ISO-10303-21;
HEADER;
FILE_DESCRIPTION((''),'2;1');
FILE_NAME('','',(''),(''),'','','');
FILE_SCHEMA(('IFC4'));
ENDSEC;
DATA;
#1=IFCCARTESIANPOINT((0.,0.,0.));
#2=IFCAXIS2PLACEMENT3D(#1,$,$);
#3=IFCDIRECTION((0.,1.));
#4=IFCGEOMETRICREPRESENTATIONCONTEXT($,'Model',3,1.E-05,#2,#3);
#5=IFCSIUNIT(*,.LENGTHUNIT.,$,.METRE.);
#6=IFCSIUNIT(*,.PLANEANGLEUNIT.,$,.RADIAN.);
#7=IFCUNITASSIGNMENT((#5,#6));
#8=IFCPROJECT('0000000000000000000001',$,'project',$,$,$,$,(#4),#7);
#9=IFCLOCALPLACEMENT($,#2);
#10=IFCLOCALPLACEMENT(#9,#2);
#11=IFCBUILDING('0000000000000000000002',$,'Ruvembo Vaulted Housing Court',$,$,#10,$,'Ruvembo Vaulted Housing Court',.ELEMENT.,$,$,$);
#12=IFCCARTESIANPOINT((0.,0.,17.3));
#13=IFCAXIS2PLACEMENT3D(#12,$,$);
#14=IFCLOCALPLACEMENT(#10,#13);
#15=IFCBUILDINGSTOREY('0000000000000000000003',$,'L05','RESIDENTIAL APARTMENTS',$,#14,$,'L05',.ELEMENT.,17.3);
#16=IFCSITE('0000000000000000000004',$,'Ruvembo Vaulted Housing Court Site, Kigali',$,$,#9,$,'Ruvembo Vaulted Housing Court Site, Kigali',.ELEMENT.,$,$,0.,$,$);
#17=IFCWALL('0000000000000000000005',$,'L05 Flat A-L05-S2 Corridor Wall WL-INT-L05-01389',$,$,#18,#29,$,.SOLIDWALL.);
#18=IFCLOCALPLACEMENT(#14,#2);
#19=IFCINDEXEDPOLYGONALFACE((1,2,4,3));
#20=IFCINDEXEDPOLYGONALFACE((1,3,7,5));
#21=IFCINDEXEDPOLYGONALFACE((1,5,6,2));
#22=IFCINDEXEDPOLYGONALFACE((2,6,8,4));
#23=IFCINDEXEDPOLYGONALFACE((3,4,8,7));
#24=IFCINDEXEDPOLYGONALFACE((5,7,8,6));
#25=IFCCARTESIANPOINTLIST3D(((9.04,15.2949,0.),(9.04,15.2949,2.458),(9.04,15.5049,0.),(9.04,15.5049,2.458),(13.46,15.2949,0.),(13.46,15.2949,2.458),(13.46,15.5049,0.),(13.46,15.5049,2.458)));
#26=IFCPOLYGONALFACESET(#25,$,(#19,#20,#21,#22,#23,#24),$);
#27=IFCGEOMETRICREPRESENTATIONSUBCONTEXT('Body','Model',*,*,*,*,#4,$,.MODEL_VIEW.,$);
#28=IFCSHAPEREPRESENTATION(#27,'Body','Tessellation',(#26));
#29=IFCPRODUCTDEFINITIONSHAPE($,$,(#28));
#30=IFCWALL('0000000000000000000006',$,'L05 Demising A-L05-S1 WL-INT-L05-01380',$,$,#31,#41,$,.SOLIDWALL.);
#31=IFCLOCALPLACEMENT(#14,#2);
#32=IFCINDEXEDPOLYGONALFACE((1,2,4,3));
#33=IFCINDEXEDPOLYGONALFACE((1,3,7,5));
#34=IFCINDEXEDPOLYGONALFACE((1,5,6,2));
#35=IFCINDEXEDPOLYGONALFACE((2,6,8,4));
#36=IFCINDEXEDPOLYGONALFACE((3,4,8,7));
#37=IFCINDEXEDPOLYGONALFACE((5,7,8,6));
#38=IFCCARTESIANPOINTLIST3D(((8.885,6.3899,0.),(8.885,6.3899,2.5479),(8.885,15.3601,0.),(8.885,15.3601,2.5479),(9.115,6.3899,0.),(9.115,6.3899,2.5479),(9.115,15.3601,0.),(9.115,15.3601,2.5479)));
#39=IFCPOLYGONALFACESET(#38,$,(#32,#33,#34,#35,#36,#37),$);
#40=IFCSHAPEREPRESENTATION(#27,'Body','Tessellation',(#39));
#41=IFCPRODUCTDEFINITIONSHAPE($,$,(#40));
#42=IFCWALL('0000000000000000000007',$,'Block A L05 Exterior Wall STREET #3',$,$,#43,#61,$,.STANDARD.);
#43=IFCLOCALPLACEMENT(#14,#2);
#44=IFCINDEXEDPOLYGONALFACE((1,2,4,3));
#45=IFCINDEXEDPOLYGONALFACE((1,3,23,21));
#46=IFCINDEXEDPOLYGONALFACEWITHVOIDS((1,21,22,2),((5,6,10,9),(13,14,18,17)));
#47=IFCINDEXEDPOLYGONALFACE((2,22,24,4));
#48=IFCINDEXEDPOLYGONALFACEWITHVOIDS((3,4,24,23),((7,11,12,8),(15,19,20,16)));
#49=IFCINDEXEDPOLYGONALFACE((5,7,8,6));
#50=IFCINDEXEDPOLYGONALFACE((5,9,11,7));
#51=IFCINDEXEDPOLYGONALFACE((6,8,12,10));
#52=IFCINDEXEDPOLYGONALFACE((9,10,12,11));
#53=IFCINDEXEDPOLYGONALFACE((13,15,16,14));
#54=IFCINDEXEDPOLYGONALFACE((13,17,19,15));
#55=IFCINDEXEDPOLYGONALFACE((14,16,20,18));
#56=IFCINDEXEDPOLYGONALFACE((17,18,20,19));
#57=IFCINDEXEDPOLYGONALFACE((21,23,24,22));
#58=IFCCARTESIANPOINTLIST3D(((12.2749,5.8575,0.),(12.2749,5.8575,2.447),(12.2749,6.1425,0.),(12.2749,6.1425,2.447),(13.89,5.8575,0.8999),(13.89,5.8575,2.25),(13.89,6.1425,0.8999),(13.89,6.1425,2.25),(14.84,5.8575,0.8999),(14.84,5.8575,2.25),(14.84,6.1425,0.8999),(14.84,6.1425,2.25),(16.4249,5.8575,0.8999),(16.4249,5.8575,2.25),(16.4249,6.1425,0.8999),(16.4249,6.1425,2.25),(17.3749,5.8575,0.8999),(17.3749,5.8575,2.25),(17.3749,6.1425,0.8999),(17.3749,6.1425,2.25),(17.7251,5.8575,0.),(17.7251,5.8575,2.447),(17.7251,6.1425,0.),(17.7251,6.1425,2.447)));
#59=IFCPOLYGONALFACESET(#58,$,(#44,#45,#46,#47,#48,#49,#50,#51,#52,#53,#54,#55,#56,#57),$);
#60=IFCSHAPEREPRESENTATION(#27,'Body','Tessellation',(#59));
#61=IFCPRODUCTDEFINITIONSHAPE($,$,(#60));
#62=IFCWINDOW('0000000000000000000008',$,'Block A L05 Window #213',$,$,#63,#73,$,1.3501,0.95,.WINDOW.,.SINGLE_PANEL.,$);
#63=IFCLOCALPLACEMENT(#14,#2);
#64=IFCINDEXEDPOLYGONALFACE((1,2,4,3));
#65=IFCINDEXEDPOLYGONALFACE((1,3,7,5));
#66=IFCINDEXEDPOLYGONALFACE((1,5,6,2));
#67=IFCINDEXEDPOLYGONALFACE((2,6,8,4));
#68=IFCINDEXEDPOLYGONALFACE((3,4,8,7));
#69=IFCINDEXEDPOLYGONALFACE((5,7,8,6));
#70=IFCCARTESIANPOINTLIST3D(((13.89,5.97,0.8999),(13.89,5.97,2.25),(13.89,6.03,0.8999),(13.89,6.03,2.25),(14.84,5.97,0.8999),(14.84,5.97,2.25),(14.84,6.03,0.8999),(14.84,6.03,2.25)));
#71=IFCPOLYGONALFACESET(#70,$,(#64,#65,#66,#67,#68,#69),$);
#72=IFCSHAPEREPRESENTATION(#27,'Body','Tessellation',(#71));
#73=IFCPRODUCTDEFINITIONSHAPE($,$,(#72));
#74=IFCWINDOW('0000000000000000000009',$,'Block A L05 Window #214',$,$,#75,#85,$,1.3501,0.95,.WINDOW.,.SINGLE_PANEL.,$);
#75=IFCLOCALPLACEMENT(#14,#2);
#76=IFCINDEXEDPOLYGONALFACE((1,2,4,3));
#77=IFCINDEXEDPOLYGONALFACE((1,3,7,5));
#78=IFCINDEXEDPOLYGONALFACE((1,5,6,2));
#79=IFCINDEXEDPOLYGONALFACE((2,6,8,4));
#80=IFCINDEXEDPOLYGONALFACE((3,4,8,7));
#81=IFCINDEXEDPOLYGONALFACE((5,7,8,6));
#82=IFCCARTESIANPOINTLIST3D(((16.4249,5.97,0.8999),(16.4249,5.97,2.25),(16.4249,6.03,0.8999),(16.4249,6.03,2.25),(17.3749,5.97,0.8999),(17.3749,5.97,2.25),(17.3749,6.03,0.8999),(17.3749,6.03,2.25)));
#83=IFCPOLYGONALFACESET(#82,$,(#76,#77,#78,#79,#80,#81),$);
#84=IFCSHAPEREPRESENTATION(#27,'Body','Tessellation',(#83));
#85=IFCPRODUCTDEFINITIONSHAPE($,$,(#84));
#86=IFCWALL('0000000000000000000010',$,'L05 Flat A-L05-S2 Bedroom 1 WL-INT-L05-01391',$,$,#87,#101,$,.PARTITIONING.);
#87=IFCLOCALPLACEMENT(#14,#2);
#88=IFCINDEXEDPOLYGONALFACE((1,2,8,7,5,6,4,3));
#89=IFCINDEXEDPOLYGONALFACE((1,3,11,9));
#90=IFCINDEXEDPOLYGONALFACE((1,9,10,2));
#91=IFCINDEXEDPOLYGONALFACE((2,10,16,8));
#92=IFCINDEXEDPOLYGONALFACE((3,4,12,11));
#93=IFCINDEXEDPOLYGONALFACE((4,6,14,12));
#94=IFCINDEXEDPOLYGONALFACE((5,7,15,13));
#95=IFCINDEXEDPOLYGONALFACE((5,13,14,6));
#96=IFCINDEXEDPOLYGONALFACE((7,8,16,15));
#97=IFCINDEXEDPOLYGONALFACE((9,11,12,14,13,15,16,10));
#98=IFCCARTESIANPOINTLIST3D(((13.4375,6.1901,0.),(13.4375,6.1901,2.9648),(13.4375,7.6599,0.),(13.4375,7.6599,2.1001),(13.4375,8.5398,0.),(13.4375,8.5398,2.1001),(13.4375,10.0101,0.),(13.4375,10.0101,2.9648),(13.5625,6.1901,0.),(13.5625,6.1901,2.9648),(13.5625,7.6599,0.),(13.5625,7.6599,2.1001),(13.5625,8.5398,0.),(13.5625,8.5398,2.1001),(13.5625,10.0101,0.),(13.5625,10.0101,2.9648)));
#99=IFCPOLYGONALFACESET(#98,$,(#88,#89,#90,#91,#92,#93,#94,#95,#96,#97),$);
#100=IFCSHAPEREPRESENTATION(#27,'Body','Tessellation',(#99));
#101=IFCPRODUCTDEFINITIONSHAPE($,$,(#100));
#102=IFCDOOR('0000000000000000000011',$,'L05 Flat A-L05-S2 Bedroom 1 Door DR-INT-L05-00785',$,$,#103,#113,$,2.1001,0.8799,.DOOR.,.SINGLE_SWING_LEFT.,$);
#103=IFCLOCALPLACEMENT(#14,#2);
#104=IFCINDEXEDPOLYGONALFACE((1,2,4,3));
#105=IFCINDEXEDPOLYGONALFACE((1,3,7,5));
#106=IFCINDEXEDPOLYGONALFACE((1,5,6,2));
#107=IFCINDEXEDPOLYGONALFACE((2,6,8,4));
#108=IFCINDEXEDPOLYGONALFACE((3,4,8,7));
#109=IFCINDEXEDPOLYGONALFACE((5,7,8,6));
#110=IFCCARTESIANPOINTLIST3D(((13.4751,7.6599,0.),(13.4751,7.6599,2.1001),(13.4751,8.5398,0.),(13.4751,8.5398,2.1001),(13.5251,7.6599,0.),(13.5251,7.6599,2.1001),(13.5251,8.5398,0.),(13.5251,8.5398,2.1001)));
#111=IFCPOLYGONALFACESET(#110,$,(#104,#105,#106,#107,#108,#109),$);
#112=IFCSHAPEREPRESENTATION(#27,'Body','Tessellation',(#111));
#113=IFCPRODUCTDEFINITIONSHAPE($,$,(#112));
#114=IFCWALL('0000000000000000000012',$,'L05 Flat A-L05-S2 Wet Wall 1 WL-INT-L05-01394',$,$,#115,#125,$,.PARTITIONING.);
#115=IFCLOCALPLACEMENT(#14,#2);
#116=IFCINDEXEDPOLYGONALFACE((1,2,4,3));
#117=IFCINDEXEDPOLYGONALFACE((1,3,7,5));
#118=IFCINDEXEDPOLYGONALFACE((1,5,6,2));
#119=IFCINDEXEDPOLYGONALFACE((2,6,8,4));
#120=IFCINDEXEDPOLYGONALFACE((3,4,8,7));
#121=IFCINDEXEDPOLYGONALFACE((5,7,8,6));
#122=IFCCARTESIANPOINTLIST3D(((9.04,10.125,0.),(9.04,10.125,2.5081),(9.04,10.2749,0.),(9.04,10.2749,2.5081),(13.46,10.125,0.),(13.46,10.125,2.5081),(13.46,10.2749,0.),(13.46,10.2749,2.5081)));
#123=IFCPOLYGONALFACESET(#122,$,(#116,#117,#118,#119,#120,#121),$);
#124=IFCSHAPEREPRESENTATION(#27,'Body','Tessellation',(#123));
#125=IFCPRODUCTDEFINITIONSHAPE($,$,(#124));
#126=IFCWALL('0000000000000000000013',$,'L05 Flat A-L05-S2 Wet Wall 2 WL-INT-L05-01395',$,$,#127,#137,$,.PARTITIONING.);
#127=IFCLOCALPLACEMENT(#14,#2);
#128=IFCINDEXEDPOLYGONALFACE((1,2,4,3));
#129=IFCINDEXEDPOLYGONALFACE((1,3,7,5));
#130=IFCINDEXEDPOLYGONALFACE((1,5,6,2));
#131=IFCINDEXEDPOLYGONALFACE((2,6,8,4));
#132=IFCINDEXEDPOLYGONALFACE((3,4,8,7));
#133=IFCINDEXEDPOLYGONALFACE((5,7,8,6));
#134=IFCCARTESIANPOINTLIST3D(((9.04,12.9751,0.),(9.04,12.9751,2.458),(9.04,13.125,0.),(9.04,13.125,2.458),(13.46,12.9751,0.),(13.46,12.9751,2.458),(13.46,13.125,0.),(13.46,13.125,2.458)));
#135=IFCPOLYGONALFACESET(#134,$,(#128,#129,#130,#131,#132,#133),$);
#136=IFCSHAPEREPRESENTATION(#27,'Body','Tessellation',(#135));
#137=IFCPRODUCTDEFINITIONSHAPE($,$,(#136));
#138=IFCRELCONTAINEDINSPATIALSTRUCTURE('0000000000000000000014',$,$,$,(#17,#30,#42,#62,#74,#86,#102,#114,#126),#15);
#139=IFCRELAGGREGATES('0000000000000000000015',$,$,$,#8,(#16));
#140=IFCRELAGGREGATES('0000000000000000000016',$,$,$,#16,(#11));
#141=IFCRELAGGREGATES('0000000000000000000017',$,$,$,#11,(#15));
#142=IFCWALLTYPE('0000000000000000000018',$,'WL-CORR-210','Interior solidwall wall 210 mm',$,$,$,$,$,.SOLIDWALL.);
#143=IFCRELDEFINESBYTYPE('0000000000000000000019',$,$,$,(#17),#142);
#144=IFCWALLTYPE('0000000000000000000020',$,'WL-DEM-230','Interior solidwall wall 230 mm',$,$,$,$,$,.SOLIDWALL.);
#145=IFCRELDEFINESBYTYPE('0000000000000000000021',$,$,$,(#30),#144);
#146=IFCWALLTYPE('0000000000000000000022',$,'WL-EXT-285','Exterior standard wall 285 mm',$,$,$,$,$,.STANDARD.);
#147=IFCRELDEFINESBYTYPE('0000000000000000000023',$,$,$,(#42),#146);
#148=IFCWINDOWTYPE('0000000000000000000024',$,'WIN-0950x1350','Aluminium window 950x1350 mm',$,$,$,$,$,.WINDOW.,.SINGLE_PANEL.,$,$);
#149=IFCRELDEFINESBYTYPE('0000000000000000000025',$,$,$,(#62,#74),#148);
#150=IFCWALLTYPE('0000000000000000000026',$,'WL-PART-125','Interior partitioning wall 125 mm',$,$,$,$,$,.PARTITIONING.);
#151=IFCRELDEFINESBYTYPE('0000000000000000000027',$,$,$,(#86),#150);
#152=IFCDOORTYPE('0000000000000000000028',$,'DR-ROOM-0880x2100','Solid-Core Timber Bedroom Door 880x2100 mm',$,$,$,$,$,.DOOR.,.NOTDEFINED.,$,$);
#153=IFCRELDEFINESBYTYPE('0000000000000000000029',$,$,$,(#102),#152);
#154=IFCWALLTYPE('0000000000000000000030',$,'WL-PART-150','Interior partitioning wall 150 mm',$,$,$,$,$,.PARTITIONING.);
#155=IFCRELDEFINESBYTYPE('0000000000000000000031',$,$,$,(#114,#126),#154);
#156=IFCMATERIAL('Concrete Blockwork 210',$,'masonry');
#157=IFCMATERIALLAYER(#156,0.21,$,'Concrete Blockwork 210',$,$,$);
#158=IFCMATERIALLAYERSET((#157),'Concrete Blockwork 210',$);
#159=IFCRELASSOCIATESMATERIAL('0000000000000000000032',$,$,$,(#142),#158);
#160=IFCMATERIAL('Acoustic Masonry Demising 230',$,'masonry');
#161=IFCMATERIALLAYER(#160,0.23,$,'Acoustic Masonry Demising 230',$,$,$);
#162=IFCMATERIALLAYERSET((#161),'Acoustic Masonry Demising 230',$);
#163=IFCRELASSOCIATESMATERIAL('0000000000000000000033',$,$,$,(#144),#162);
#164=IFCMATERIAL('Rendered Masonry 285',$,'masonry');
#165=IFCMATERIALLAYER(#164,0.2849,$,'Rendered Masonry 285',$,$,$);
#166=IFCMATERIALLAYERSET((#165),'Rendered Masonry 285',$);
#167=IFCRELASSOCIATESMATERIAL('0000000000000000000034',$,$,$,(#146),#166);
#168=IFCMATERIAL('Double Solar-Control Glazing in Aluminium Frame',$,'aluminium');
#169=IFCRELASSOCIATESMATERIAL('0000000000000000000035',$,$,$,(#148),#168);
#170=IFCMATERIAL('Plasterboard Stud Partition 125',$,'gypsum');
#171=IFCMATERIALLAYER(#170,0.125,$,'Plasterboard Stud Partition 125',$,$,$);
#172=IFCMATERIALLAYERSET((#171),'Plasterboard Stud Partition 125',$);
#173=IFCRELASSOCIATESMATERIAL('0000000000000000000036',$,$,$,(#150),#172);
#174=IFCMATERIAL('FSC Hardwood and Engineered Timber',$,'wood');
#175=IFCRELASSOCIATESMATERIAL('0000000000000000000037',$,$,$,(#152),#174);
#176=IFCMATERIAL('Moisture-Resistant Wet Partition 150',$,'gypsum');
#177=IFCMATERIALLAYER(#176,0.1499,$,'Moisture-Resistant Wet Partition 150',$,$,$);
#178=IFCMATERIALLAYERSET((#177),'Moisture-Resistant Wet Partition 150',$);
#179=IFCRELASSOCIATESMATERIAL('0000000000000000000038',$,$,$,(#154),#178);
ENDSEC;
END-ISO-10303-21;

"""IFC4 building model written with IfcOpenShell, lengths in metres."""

from ifc_helpers import new_model, si_unit, direction, frame, frame_2d, origin, place, context, subcontext, project, spatial, rectangle, extrude, material, layer, layer_set, type_object, element, fill, save


model = new_model("IFC4")

# Units and contexts
model_context = context("Model", 3, precision=1e-05, world=origin(), true_north=direction((0.0, 1.0)))
body_context = subcontext(model_context, "Body", "Model", "MODEL_VIEW")
ifc_project = project(units=[si_unit("LENGTHUNIT", "METRE"), si_unit("PLANEANGLEUNIT", "RADIAN")], contexts=[model_context])

# Site, building, storey
site_placement = place(None, origin())
site = spatial("IfcSite", under=ifc_project, at=site_placement, Name="Ruvembo Vaulted Housing Court Site, Kigali", LongName="Ruvembo Vaulted Housing Court Site, Kigali", CompositionType="ELEMENT", RefElevation=0.0)
building_placement = place(site_placement, origin())
building = spatial("IfcBuilding", under=site, at=building_placement, Name="Ruvembo Vaulted Housing Court", LongName="Ruvembo Vaulted Housing Court", CompositionType="ELEMENT")
storey_placement = place(building_placement, frame((0.0, 0.0, 17.3)))
storey = spatial("IfcBuildingStorey", under=building, at=storey_placement, Name="L05", Description="RESIDENTIAL APARTMENTS", LongName="L05", CompositionType="ELEMENT", Elevation=17.3)

# Walls
ifc_material_1 = material(Name="Concrete Blockwork 210", Category="masonry")
ifc_layer_1 = layer(ifc_material_1, 0.21, Name="Concrete Blockwork 210")
ifc_layer_set_1 = layer_set([ifc_layer_1], Name="Concrete Blockwork 210")
wall_type_1 = type_object("IfcWallType", Name="WL-CORR-210", Description="Interior solidwall wall 210 mm", PredefinedType="SOLIDWALL", material=ifc_layer_set_1)
wall_1_placement = place(storey_placement, frame((9.04, 15.3999, 0.0), z_axis=(0.0, 0.0, 1.0), x_axis=(1.0, 0.0, 0.0)))
element("IfcWall", 1, at=wall_1_placement, inside=storey, type_object=wall_type_1, Name="L05 Flat A-L05-S2 Corridor Wall WL-INT-L05-01389", PredefinedType="SOLIDWALL", context=body_context, shape_type="SweptSolid", body=[
    extrude(rectangle(XDim=4.4199, YDim=0.21, at=frame_2d((2.21, 0.0))), origin(), (0.0, 0.0, 1.0), 2.458),
])
ifc_material_2 = material(Name="Acoustic Masonry Demising 230", Category="masonry")
ifc_layer_2 = layer(ifc_material_2, 0.23, Name="Acoustic Masonry Demising 230")
ifc_layer_set_2 = layer_set([ifc_layer_2], Name="Acoustic Masonry Demising 230")
wall_type_2 = type_object("IfcWallType", Name="WL-DEM-230", Description="Interior solidwall wall 230 mm", PredefinedType="SOLIDWALL", material=ifc_layer_set_2)
wall_2_placement = place(storey_placement, frame((9.0, 6.3899, 0.0), z_axis=(0.0, 0.0, 1.0), x_axis=(0.0, 1.0, 0.0)))
element("IfcWall", 2, at=wall_2_placement, inside=storey, type_object=wall_type_2, Name="L05 Demising A-L05-S1 WL-INT-L05-01380", PredefinedType="SOLIDWALL", context=body_context, shape_type="SweptSolid", body=[
    extrude(rectangle(XDim=8.9702, YDim=0.23, at=frame_2d((4.4851, 0.0))), origin(), (0.0, 0.0, 1.0), 2.5479),
])

# Wall, openings, windows
ifc_material_3 = material(Name="Rendered Masonry 285", Category="masonry")
ifc_layer_3 = layer(ifc_material_3, 0.2849, Name="Rendered Masonry 285")
ifc_layer_set_3 = layer_set([ifc_layer_3], Name="Rendered Masonry 285")
wall_type_3 = type_object("IfcWallType", Name="WL-EXT-285", Description="Exterior standard wall 285 mm", PredefinedType="STANDARD", material=ifc_layer_set_3)
wall_3_placement = place(storey_placement, frame((12.2749, 6.0, 0.0), z_axis=(0.0, 0.0, 1.0), x_axis=(1.0, 0.0, 0.0)))
wall_3 = element("IfcWall", 3, at=wall_3_placement, inside=storey, type_object=wall_type_3, Name="Block A L05 Exterior Wall STREET #3", PredefinedType="STANDARD", context=body_context, shape_type="SweptSolid", body=[
    extrude(rectangle(XDim=5.4502, YDim=0.2849, at=frame_2d((2.7251, 0.0))), origin(), (0.0, 0.0, 1.0), 2.447),
])
opening_1_placement = place(wall_3_placement, frame((1.615, 0.0, 0.8999)))
opening_1 = element("IfcOpeningElement", 4, at=opening_1_placement, cuts=wall_3, PredefinedType="OPENING", context=body_context, shape_type="SweptSolid", body=[
    extrude(rectangle(XDim=0.95, YDim=1.3501, at=frame_2d((0.4751, 0.675))), frame((0.0, 0.1523, 0.0), z_axis=(0.0, -1.0, 0.0), x_axis=(1.0, 0.0, 0.0)), (0.0, 0.0, 1.0), 0.3049),
])
opening_2_placement = place(wall_3_placement, frame((4.1499, 0.0, 0.8999)))
opening_2 = element("IfcOpeningElement", 5, at=opening_2_placement, cuts=wall_3, PredefinedType="OPENING", context=body_context, shape_type="SweptSolid", body=[
    extrude(rectangle(XDim=0.95, YDim=1.3501, at=frame_2d((0.4751, 0.675))), frame((0.0, 0.1523, 0.0), z_axis=(0.0, -1.0, 0.0), x_axis=(1.0, 0.0, 0.0)), (0.0, 0.0, 1.0), 0.3049),
])
ifc_material_4 = material(Name="Double Solar-Control Glazing in Aluminium Frame", Category="aluminium")
window_type = type_object("IfcWindowType", Name="WIN-0950x1350", Description="Aluminium window 950x1350 mm", PartitioningType="SINGLE_PANEL", PredefinedType="WINDOW", material=ifc_material_4)
window_1_placement = place(opening_1_placement, origin())
window_1 = element("IfcWindow", 6, at=window_1_placement, inside=storey, type_object=window_type, Name="Block A L05 Window #213", OverallHeight=1.3501, OverallWidth=0.95, PartitioningType="SINGLE_PANEL", PredefinedType="WINDOW", context=body_context, shape_type="SweptSolid", body=[
    extrude(rectangle(XDim=0.95, YDim=1.3501, at=frame_2d((0.4751, 0.675))), frame((0.0, 0.03, 0.0), z_axis=(0.0, -1.0, 0.0), x_axis=(1.0, 0.0, 0.0)), (0.0, 0.0, 1.0), 0.0601),
])
fill(opening_1, window_1)
window_2_placement = place(opening_2_placement, origin())
window_2 = element("IfcWindow", 7, at=window_2_placement, inside=storey, type_object=window_type, Name="Block A L05 Window #214", OverallHeight=1.3501, OverallWidth=0.95, PartitioningType="SINGLE_PANEL", PredefinedType="WINDOW", context=body_context, shape_type="SweptSolid", body=[
    extrude(rectangle(XDim=0.95, YDim=1.3501, at=frame_2d((0.4751, 0.675))), frame((0.0, 0.03, 0.0), z_axis=(0.0, -1.0, 0.0), x_axis=(1.0, 0.0, 0.0)), (0.0, 0.0, 1.0), 0.0601),
])
fill(opening_2, window_2)

# Wall, opening, door
ifc_material_5 = material(Name="Plasterboard Stud Partition 125", Category="gypsum")
ifc_layer_4 = layer(ifc_material_5, 0.125, Name="Plasterboard Stud Partition 125")
ifc_layer_set_4 = layer_set([ifc_layer_4], Name="Plasterboard Stud Partition 125")
wall_type_4 = type_object("IfcWallType", Name="WL-PART-125", Description="Interior partitioning wall 125 mm", PredefinedType="PARTITIONING", material=ifc_layer_set_4)
wall_4_placement = place(storey_placement, frame((13.5, 6.1899, 0.0), z_axis=(0.0, 0.0, 1.0), x_axis=(0.0, 1.0, 0.0)))
wall_4 = element("IfcWall", 8, at=wall_4_placement, inside=storey, type_object=wall_type_4, Name="L05 Flat A-L05-S2 Bedroom 1 WL-INT-L05-01391", PredefinedType="PARTITIONING", context=body_context, shape_type="SweptSolid", body=[
    extrude(rectangle(XDim=3.8201, YDim=0.125, at=frame_2d((1.9102, 0.0))), origin(), (0.0, 0.0, 1.0), 2.9648),
])
opening_3_placement = place(wall_4_placement, frame((1.47, 0.0, 0.0)))
opening_3 = element("IfcOpeningElement", 9, at=opening_3_placement, cuts=wall_4, PredefinedType="OPENING", context=body_context, shape_type="SweptSolid", body=[
    extrude(rectangle(XDim=0.8799, YDim=2.1001, at=frame_2d((0.4399, 1.05))), frame((0.0, 0.0725, 0.0), z_axis=(0.0, -1.0, 0.0), x_axis=(1.0, 0.0, 0.0)), (0.0, 0.0, 1.0), 0.145),
])
ifc_material_6 = material(Name="FSC Hardwood and Engineered Timber", Category="wood")
door_type_1 = type_object("IfcDoorType", Name="DR-ROOM-0880x2100", Description="Solid-Core Timber Bedroom Door 880x2100 mm", OperationType="NOTDEFINED", PredefinedType="DOOR", material=ifc_material_6)
door_1_placement = place(opening_3_placement, origin())
door_1 = element("IfcDoor", 10, at=door_1_placement, inside=storey, type_object=door_type_1, Name="L05 Flat A-L05-S2 Bedroom 1 Door DR-INT-L05-00785", OperationType="SINGLE_SWING_LEFT", OverallHeight=2.1001, OverallWidth=0.8799, PredefinedType="DOOR", context=body_context, shape_type="SweptSolid", body=[
    extrude(rectangle(XDim=0.8799, YDim=2.1001, at=frame_2d((0.4399, 1.05))), frame((0.0, 0.0249, 0.0), z_axis=(0.0, -1.0, 0.0), x_axis=(1.0, 0.0, 0.0)), (0.0, 0.0, 1.0), 0.05),
])
fill(opening_3, door_1)

# Walls
ifc_material_7 = material(Name="Moisture-Resistant Wet Partition 150", Category="gypsum")
ifc_layer_5 = layer(ifc_material_7, 0.1499, Name="Moisture-Resistant Wet Partition 150")
ifc_layer_set_5 = layer_set([ifc_layer_5], Name="Moisture-Resistant Wet Partition 150")
wall_type_5 = type_object("IfcWallType", Name="WL-PART-150", Description="Interior partitioning wall 150 mm", PredefinedType="PARTITIONING", material=ifc_layer_set_5)
wall_5_placement = place(storey_placement, frame((9.04, 10.2, 0.0), z_axis=(0.0, 0.0, 1.0), x_axis=(1.0, 0.0, 0.0)))
element("IfcWall", 11, at=wall_5_placement, inside=storey, type_object=wall_type_5, Name="L05 Flat A-L05-S2 Wet Wall 1 WL-INT-L05-01394", PredefinedType="PARTITIONING", context=body_context, shape_type="SweptSolid", body=[
    extrude(rectangle(XDim=4.4199, YDim=0.1499, at=frame_2d((2.21, 0.0))), origin(), (0.0, 0.0, 1.0), 2.5081),
])
wall_6_placement = place(storey_placement, frame((9.04, 13.05, 0.0), z_axis=(0.0, 0.0, 1.0), x_axis=(1.0, 0.0, 0.0)))
element("IfcWall", 12, at=wall_6_placement, inside=storey, type_object=wall_type_5, Name="L05 Flat A-L05-S2 Wet Wall 2 WL-INT-L05-01395", PredefinedType="PARTITIONING", context=body_context, shape_type="SweptSolid", body=[
    extrude(rectangle(XDim=4.4199, YDim=0.1499, at=frame_2d((2.21, 0.0))), origin(), (0.0, 0.0, 1.0), 2.458),
])

save(model, "model.ifc")
